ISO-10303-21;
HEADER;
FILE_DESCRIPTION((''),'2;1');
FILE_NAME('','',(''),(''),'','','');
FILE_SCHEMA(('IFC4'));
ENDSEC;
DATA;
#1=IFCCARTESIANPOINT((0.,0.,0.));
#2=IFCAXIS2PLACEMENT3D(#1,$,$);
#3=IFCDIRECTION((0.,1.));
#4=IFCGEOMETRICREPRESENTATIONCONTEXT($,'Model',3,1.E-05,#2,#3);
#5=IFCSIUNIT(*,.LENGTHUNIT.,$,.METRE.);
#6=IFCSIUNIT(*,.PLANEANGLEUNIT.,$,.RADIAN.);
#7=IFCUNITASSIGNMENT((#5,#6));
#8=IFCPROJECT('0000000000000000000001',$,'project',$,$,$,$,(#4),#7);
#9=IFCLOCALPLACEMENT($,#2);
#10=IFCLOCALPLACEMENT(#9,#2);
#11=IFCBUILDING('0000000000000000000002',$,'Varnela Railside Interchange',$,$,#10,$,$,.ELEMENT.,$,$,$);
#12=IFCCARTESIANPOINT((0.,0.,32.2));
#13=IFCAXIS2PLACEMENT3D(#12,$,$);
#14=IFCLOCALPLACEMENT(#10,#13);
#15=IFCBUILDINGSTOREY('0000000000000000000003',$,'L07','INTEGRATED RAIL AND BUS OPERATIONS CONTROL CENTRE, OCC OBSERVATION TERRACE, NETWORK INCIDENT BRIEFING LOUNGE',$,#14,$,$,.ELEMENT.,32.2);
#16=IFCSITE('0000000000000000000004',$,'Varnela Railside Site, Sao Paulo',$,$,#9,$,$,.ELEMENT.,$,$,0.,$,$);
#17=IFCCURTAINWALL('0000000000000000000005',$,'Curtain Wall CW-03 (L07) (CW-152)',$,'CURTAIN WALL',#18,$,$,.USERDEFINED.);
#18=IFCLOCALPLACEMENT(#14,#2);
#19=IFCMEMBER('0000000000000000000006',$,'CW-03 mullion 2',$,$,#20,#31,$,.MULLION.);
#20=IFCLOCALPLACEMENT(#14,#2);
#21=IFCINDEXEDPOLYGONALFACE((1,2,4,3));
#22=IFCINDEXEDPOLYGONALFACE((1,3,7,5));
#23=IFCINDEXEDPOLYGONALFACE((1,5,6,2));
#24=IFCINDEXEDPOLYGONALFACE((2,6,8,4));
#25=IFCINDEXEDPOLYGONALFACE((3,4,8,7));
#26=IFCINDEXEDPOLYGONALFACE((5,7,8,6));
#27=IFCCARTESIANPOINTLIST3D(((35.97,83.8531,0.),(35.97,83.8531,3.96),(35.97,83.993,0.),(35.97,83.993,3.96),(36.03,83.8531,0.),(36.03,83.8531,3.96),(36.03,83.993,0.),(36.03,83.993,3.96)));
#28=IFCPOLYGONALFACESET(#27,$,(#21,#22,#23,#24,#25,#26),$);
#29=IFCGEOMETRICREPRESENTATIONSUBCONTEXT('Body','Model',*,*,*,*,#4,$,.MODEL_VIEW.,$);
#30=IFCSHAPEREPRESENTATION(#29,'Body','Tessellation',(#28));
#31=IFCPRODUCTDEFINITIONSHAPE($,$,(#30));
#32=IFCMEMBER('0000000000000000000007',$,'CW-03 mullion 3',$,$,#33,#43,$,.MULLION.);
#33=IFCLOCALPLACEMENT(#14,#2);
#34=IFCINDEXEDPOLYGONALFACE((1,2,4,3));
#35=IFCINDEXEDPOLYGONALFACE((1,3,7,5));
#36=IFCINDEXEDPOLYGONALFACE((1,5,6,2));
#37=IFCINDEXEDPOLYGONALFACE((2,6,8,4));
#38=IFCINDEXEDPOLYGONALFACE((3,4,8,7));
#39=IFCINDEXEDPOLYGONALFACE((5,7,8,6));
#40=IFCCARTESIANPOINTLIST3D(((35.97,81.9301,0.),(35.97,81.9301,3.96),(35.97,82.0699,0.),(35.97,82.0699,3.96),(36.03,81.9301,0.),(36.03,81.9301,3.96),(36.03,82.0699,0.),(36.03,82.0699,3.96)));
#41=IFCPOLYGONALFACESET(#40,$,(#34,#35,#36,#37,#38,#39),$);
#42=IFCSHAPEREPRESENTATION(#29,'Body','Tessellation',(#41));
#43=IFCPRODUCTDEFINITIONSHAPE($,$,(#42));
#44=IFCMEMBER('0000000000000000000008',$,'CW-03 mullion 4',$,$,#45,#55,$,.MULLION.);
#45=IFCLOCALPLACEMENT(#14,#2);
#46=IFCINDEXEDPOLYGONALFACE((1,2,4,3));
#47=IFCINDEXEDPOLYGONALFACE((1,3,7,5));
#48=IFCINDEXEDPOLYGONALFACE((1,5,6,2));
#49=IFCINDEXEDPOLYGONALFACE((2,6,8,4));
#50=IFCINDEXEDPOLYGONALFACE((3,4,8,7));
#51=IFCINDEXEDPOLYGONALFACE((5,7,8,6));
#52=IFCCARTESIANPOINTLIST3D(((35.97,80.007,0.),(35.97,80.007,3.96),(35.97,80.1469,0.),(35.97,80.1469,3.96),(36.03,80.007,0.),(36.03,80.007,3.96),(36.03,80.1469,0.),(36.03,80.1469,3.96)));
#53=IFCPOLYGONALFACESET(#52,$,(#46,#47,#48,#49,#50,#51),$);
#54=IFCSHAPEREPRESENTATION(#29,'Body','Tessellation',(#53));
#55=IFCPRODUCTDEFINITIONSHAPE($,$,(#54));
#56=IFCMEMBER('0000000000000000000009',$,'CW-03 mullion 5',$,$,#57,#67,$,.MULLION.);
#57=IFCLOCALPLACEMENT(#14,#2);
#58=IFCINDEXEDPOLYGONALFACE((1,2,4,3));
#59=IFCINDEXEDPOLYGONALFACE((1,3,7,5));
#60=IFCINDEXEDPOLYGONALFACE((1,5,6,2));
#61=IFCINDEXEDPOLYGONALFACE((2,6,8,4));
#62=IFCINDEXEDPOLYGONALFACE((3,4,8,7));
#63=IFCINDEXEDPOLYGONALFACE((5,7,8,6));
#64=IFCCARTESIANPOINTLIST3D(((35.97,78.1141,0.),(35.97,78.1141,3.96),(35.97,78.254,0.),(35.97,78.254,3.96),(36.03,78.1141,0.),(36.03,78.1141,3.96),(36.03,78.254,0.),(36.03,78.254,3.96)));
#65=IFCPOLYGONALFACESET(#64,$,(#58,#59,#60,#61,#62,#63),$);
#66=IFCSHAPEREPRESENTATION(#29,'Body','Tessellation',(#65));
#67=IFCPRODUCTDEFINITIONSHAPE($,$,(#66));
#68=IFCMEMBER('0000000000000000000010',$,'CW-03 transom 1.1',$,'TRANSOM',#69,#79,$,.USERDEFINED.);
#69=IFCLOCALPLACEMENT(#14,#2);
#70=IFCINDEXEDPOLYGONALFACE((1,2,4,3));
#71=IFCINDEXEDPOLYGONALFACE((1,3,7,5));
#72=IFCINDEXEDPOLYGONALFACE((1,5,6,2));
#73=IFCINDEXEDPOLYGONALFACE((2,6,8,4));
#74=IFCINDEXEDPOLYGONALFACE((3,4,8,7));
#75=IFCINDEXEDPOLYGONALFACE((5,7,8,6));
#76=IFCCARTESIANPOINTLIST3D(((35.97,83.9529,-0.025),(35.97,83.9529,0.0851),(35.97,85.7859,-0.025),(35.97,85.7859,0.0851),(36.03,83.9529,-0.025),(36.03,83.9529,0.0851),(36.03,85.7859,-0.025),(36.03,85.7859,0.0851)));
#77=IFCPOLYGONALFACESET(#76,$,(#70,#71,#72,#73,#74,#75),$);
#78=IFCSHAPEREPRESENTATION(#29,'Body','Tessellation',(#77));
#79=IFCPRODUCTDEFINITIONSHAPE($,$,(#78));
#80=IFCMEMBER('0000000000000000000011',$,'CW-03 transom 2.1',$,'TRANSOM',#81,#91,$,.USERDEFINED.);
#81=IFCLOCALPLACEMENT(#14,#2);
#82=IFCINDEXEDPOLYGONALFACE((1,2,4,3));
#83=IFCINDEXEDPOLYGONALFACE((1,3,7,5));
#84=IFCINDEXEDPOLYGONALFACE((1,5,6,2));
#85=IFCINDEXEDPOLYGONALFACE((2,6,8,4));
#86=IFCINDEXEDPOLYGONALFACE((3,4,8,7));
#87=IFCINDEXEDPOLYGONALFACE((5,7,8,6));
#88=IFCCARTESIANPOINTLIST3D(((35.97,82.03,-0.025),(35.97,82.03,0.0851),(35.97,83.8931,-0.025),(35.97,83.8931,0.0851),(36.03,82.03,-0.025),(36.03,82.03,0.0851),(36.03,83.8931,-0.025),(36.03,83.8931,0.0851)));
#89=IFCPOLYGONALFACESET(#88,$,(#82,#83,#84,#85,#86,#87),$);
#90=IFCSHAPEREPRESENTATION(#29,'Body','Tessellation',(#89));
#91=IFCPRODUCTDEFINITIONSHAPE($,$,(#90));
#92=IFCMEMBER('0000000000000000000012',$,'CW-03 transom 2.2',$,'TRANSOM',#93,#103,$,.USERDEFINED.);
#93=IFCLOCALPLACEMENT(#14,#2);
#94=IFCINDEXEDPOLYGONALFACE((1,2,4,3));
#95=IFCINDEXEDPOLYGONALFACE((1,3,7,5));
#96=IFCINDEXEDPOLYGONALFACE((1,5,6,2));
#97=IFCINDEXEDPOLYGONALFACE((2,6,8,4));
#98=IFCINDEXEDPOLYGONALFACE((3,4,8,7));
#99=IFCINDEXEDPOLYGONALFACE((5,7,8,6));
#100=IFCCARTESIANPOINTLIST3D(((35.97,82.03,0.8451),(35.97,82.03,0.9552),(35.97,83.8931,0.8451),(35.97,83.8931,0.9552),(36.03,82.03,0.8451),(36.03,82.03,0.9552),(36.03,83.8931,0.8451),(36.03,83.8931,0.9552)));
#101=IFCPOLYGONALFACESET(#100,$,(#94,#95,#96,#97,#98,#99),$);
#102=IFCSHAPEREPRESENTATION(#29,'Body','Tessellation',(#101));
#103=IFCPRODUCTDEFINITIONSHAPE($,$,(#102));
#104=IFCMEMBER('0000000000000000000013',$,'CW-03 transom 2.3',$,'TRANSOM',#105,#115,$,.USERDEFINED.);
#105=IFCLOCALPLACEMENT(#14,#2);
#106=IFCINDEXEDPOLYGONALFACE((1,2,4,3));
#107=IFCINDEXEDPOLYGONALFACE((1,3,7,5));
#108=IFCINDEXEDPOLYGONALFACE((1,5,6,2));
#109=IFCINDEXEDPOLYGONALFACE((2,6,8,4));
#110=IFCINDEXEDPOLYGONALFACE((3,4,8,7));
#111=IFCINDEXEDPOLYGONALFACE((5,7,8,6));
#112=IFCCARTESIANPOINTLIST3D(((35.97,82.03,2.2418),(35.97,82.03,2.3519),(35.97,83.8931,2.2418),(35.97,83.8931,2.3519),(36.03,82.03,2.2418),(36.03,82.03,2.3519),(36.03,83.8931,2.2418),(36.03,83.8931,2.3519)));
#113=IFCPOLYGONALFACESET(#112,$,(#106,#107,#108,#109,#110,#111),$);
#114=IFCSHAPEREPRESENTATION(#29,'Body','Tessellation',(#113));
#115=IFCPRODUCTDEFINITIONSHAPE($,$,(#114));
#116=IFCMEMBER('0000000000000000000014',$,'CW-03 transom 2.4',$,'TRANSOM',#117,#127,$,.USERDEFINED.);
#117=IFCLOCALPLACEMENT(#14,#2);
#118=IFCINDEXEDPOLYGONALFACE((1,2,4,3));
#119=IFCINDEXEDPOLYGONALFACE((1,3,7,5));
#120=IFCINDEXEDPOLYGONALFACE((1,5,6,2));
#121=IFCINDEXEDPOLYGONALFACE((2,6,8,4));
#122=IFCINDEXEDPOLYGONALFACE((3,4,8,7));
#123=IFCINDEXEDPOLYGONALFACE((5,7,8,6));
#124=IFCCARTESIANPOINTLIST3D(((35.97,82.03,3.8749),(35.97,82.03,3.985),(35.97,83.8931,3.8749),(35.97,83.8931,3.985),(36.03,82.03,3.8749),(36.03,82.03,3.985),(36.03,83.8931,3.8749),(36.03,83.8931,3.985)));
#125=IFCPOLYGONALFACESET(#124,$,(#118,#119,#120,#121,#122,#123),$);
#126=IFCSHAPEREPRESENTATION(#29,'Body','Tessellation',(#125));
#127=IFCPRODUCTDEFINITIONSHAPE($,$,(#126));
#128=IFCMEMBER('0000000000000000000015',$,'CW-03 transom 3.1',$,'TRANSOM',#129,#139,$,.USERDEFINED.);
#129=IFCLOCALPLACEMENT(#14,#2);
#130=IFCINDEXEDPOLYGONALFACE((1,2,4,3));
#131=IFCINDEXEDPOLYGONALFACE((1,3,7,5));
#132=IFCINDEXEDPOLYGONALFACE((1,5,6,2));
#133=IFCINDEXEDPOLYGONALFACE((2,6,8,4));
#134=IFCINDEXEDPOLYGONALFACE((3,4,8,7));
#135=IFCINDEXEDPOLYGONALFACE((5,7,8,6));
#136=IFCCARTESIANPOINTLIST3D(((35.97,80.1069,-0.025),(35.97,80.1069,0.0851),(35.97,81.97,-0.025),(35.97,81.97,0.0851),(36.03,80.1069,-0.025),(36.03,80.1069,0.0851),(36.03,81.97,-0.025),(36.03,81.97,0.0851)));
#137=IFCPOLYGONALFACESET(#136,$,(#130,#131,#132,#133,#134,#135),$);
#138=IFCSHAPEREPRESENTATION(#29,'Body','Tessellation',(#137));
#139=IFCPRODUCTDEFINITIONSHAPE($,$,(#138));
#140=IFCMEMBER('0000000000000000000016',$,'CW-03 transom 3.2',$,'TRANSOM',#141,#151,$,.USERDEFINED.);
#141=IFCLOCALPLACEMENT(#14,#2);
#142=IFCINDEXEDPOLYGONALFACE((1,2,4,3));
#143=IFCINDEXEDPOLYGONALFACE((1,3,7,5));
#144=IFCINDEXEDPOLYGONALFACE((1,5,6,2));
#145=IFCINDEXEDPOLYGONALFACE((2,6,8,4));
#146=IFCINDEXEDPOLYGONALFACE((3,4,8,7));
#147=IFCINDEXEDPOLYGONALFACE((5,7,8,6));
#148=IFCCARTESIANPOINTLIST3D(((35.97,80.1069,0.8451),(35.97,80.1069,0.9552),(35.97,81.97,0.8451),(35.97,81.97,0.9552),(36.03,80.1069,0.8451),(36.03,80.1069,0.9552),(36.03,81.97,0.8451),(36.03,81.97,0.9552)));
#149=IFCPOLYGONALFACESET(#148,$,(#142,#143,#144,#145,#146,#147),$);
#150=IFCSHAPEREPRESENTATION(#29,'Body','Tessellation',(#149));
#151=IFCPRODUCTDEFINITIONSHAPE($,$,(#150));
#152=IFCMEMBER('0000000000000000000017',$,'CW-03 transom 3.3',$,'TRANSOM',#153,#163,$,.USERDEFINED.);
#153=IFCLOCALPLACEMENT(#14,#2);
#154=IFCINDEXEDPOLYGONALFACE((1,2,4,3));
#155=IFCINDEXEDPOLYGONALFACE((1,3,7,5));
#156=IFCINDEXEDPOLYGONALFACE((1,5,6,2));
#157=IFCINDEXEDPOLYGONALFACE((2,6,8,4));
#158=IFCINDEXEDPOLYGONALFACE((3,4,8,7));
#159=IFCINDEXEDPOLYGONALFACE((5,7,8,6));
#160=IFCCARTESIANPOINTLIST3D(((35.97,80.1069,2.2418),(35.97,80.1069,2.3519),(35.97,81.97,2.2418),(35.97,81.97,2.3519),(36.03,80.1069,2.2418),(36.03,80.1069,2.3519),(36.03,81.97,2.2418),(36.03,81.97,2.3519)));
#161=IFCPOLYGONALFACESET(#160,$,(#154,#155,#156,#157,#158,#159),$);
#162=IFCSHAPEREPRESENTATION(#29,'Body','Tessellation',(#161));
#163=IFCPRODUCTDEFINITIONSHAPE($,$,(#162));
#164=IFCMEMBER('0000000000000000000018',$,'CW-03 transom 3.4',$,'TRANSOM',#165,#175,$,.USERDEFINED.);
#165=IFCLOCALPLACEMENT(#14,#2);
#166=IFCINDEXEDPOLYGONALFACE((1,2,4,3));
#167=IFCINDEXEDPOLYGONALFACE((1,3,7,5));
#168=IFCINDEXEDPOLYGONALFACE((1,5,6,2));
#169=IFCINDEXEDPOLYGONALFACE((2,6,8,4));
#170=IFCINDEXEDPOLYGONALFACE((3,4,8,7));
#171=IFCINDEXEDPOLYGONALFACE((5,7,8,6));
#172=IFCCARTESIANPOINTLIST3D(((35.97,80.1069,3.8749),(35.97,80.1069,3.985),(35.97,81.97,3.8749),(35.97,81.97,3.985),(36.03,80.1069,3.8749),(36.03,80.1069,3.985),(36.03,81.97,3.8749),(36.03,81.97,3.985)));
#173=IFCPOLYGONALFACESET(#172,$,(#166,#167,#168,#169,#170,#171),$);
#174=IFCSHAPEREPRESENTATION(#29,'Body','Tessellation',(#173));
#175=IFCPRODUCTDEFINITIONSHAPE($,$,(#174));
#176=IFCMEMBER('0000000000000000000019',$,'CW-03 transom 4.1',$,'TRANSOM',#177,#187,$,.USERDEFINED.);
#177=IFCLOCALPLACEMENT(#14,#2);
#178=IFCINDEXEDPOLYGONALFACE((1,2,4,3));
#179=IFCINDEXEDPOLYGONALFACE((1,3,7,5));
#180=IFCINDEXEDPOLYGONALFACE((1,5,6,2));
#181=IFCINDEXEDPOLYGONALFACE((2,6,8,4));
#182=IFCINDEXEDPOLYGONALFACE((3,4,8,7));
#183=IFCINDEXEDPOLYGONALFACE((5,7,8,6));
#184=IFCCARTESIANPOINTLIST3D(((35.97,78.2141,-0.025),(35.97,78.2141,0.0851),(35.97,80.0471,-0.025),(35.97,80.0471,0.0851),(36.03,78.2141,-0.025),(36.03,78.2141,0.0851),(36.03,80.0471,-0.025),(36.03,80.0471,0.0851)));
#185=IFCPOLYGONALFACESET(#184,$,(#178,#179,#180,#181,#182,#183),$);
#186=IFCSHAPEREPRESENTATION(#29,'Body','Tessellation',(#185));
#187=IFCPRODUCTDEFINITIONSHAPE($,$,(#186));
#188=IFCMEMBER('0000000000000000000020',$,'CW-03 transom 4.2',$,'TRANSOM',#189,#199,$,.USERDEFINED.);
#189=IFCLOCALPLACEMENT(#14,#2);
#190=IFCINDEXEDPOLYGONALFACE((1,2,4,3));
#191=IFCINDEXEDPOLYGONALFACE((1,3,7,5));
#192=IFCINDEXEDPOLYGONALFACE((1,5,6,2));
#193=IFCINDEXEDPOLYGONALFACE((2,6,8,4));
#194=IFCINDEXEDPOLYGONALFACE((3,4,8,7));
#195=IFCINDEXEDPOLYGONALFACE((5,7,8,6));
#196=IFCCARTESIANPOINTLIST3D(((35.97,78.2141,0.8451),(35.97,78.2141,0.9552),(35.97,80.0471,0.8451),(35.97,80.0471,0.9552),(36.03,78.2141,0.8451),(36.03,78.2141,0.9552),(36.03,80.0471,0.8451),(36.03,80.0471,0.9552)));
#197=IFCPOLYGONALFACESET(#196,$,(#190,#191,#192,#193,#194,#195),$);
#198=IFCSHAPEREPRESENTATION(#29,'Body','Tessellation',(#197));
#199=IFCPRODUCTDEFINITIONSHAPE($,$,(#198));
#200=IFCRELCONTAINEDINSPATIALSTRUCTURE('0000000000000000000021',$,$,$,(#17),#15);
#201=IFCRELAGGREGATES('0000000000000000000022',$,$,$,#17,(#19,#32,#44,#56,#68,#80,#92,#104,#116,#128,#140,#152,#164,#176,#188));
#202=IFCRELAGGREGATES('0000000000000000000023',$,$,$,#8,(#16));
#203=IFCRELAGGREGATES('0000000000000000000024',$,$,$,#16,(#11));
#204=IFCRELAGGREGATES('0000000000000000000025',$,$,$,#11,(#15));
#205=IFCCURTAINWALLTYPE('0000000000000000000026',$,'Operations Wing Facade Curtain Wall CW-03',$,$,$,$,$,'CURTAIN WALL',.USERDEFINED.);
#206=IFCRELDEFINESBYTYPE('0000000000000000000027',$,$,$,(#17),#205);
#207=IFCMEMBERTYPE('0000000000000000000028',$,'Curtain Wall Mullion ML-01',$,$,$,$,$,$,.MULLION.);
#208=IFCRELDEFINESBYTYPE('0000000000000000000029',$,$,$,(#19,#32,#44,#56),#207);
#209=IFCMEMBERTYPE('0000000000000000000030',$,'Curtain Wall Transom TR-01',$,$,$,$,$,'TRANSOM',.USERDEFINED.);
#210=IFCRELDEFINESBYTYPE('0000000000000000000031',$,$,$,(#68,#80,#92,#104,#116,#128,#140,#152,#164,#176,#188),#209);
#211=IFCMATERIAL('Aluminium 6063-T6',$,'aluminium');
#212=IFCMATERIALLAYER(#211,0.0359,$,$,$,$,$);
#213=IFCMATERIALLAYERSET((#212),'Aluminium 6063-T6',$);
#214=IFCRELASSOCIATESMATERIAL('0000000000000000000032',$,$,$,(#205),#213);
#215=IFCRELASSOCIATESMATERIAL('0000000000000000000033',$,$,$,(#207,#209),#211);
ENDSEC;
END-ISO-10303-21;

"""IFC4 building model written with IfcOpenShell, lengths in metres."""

from ifc_helpers import new_model, si_unit, direction, frame, origin, origin_2d, place, context, subcontext, project, spatial, rectangle, extrude, material, layer, layer_set, material_profile, profile_set, type_object, element, aggregate, save


model = new_model("IFC4")

# Units and contexts
model_context = context("Model", 3, precision=1e-05, world=origin(), true_north=direction((0.0, 1.0)))
body_context = subcontext(model_context, "Body", "Model", "MODEL_VIEW")
ifc_project = project(units=[si_unit("LENGTHUNIT", "METRE"), si_unit("PLANEANGLEUNIT", "RADIAN")], contexts=[model_context])

# Site, building, storey
site_placement = place(None, origin())
site = spatial("IfcSite", under=ifc_project, at=site_placement, Name="Varnela Railside Site, Sao Paulo", CompositionType="ELEMENT", RefElevation=0.0)
building_placement = place(site_placement, origin())
building = spatial("IfcBuilding", under=site, at=building_placement, Name="Varnela Railside Interchange", CompositionType="ELEMENT")
storey_placement = place(building_placement, frame((0.0, 0.0, 32.2)))
storey = spatial("IfcBuildingStorey", under=building, at=storey_placement, Name="L07", Description="INTEGRATED RAIL AND BUS OPERATIONS CONTROL CENTRE, OCC OBSERVATION TERRACE, NETWORK INCIDENT BRIEFING LOUNGE", CompositionType="ELEMENT", Elevation=32.2)

# Curtain wall, members
ifc_material_1 = material(Name="Aluminium 6063-T6", Category="aluminium")
ifc_layer_1 = layer(ifc_material_1, 0.0359)
ifc_layer_set_1 = layer_set([ifc_layer_1], Name="Aluminium 6063-T6")
curtain_wall_type = type_object("IfcCurtainWallType", Name="Operations Wing Facade Curtain Wall CW-03", ElementType="CURTAIN WALL", PredefinedType="USERDEFINED", material=ifc_layer_set_1)
curtain_wall_placement = place(storey_placement, origin())
curtain_wall = element("IfcCurtainWall", 1, at=curtain_wall_placement, inside=storey, type_object=curtain_wall_type, Name="Curtain Wall CW-03 (L07) (CW-152)", ObjectType="CURTAIN WALL", PredefinedType="USERDEFINED")
ifc_material_profile_1 = material_profile(ifc_material_1, rectangle(XDim=0.0601, YDim=0.1399, at=origin_2d()), Name="ALU 60x140")
ifc_profile_set_1 = profile_set([ifc_material_profile_1], Name="Aluminium 6063-T6")
member_type_1 = type_object("IfcMemberType", Name="Curtain Wall Mullion ML-01", PredefinedType="MULLION", material=ifc_profile_set_1)
member_1_placement = place(storey_placement, frame((36.0, 83.9231, 0.0), z_axis=(0.0, 0.0, 1.0), x_axis=(1.0, 0.0, 0.0)))
member_1 = element("IfcMember", 2, at=member_1_placement, type_object=member_type_1, Name="CW-03 mullion 2", PredefinedType="MULLION", context=body_context, shape_type="SweptSolid", body=[
    extrude(rectangle(XDim=0.0601, YDim=0.1399, at=origin_2d()), origin(), (0.0, 0.0, 1.0), 3.96),
])
member_2_placement = place(storey_placement, frame((36.0, 82.0, 0.0), z_axis=(0.0, 0.0, 1.0), x_axis=(1.0, 0.0, 0.0)))
member_2 = element("IfcMember", 3, at=member_2_placement, type_object=member_type_1, Name="CW-03 mullion 3", PredefinedType="MULLION", context=body_context, shape_type="SweptSolid", body=[
    extrude(rectangle(XDim=0.0601, YDim=0.1399, at=origin_2d()), origin(), (0.0, 0.0, 1.0), 3.96),
])
member_3_placement = place(storey_placement, frame((36.0, 80.0769, 0.0), z_axis=(0.0, 0.0, 1.0), x_axis=(1.0, 0.0, 0.0)))
member_3 = element("IfcMember", 4, at=member_3_placement, type_object=member_type_1, Name="CW-03 mullion 4", PredefinedType="MULLION", context=body_context, shape_type="SweptSolid", body=[
    extrude(rectangle(XDim=0.0601, YDim=0.1399, at=origin_2d()), origin(), (0.0, 0.0, 1.0), 3.96),
])
member_4_placement = place(storey_placement, frame((36.0, 78.1841, 0.0), z_axis=(0.0, 0.0, 1.0), x_axis=(1.0, 0.0, 0.0)))
member_4 = element("IfcMember", 5, at=member_4_placement, type_object=member_type_1, Name="CW-03 mullion 5", PredefinedType="MULLION", context=body_context, shape_type="SweptSolid", body=[
    extrude(rectangle(XDim=0.0601, YDim=0.1399, at=origin_2d()), origin(), (0.0, 0.0, 1.0), 3.96),
])
ifc_material_profile_2 = material_profile(ifc_material_1, rectangle(XDim=0.0601, YDim=0.1101, at=origin_2d()), Name="ALU 60x110")
ifc_profile_set_2 = profile_set([ifc_material_profile_2], Name="Aluminium 6063-T6")
member_type_2 = type_object("IfcMemberType", Name="Curtain Wall Transom TR-01", ElementType="TRANSOM", PredefinedType="USERDEFINED", material=ifc_profile_set_2)
member_5_placement = place(storey_placement, frame((36.0, 85.7859, 0.03), z_axis=(0.0, -1.0, 0.0), x_axis=(1.0, 0.0, 0.0)))
member_5 = element("IfcMember", 6, at=member_5_placement, type_object=member_type_2, Name="CW-03 transom 1.1", ObjectType="TRANSOM", PredefinedType="USERDEFINED", context=body_context, shape_type="SweptSolid", body=[
    extrude(rectangle(XDim=0.0601, YDim=0.1101, at=origin_2d()), origin(), (0.0, 0.0, 1.0), 1.833),
])
member_6_placement = place(storey_placement, frame((36.0, 83.8931, 0.03), z_axis=(0.0, -1.0, 0.0), x_axis=(1.0, 0.0, 0.0)))
member_6 = element("IfcMember", 7, at=member_6_placement, type_object=member_type_2, Name="CW-03 transom 2.1", ObjectType="TRANSOM", PredefinedType="USERDEFINED", context=body_context, shape_type="SweptSolid", body=[
    extrude(rectangle(XDim=0.0601, YDim=0.1101, at=origin_2d()), origin(), (0.0, 0.0, 1.0), 1.863),
])
member_7_placement = place(storey_placement, frame((36.0, 83.8931, 0.9001), z_axis=(0.0, -1.0, 0.0), x_axis=(1.0, 0.0, 0.0)))
member_7 = element("IfcMember", 8, at=member_7_placement, type_object=member_type_2, Name="CW-03 transom 2.2", ObjectType="TRANSOM", PredefinedType="USERDEFINED", context=body_context, shape_type="SweptSolid", body=[
    extrude(rectangle(XDim=0.0601, YDim=0.1101, at=origin_2d()), origin(), (0.0, 0.0, 1.0), 1.863),
])
member_8_placement = place(storey_placement, frame((36.0, 83.8931, 2.2969), z_axis=(0.0, -1.0, 0.0), x_axis=(1.0, 0.0, 0.0)))
member_8 = element("IfcMember", 9, at=member_8_placement, type_object=member_type_2, Name="CW-03 transom 2.3", ObjectType="TRANSOM", PredefinedType="USERDEFINED", context=body_context, shape_type="SweptSolid", body=[
    extrude(rectangle(XDim=0.0601, YDim=0.1101, at=origin_2d()), origin(), (0.0, 0.0, 1.0), 1.863),
])
member_9_placement = place(storey_placement, frame((36.0, 83.8931, 3.9299), z_axis=(0.0, -1.0, 0.0), x_axis=(1.0, 0.0, 0.0)))
member_9 = element("IfcMember", 10, at=member_9_placement, type_object=member_type_2, Name="CW-03 transom 2.4", ObjectType="TRANSOM", PredefinedType="USERDEFINED", context=body_context, shape_type="SweptSolid", body=[
    extrude(rectangle(XDim=0.0601, YDim=0.1101, at=origin_2d()), origin(), (0.0, 0.0, 1.0), 1.863),
])
member_10_placement = place(storey_placement, frame((36.0, 81.97, 0.03), z_axis=(0.0, -1.0, 0.0), x_axis=(1.0, 0.0, 0.0)))
member_10 = element("IfcMember", 11, at=member_10_placement, type_object=member_type_2, Name="CW-03 transom 3.1", ObjectType="TRANSOM", PredefinedType="USERDEFINED", context=body_context, shape_type="SweptSolid", body=[
    extrude(rectangle(XDim=0.0601, YDim=0.1101, at=origin_2d()), origin(), (0.0, 0.0, 1.0), 1.863),
])
member_11_placement = place(storey_placement, frame((36.0, 81.97, 0.9001), z_axis=(0.0, -1.0, 0.0), x_axis=(1.0, 0.0, 0.0)))
member_11 = element("IfcMember", 12, at=member_11_placement, type_object=member_type_2, Name="CW-03 transom 3.2", ObjectType="TRANSOM", PredefinedType="USERDEFINED", context=body_context, shape_type="SweptSolid", body=[
    extrude(rectangle(XDim=0.0601, YDim=0.1101, at=origin_2d()), origin(), (0.0, 0.0, 1.0), 1.863),
])
member_12_placement = place(storey_placement, frame((36.0, 81.97, 2.2969), z_axis=(0.0, -1.0, 0.0), x_axis=(1.0, 0.0, 0.0)))
member_12 = element("IfcMember", 13, at=member_12_placement, type_object=member_type_2, Name="CW-03 transom 3.3", ObjectType="TRANSOM", PredefinedType="USERDEFINED", context=body_context, shape_type="SweptSolid", body=[
    extrude(rectangle(XDim=0.0601, YDim=0.1101, at=origin_2d()), origin(), (0.0, 0.0, 1.0), 1.863),
])
member_13_placement = place(storey_placement, frame((36.0, 81.97, 3.9299), z_axis=(0.0, -1.0, 0.0), x_axis=(1.0, 0.0, 0.0)))
member_13 = element("IfcMember", 14, at=member_13_placement, type_object=member_type_2, Name="CW-03 transom 3.4", ObjectType="TRANSOM", PredefinedType="USERDEFINED", context=body_context, shape_type="SweptSolid", body=[
    extrude(rectangle(XDim=0.0601, YDim=0.1101, at=origin_2d()), origin(), (0.0, 0.0, 1.0), 1.863),
])
member_14_placement = place(storey_placement, frame((36.0, 80.0471, 0.03), z_axis=(0.0, -1.0, 0.0), x_axis=(1.0, 0.0, 0.0)))
member_14 = element("IfcMember", 15, at=member_14_placement, type_object=member_type_2, Name="CW-03 transom 4.1", ObjectType="TRANSOM", PredefinedType="USERDEFINED", context=body_context, shape_type="SweptSolid", body=[
    extrude(rectangle(XDim=0.0601, YDim=0.1101, at=origin_2d()), origin(), (0.0, 0.0, 1.0), 1.833),
])
member_15_placement = place(storey_placement, frame((36.0, 80.0471, 0.9001), z_axis=(0.0, -1.0, 0.0), x_axis=(1.0, 0.0, 0.0)))
member_15 = element("IfcMember", 16, at=member_15_placement, type_object=member_type_2, Name="CW-03 transom 4.2", ObjectType="TRANSOM", PredefinedType="USERDEFINED", context=body_context, shape_type="SweptSolid", body=[
    extrude(rectangle(XDim=0.0601, YDim=0.1101, at=origin_2d()), origin(), (0.0, 0.0, 1.0), 1.833),
])

aggregate(curtain_wall, [member_1, member_2, member_3, member_4, member_5, member_6, member_7, member_8, member_9, member_10, member_11, member_12, member_13, member_14, member_15])

save(model, "model.ifc")
